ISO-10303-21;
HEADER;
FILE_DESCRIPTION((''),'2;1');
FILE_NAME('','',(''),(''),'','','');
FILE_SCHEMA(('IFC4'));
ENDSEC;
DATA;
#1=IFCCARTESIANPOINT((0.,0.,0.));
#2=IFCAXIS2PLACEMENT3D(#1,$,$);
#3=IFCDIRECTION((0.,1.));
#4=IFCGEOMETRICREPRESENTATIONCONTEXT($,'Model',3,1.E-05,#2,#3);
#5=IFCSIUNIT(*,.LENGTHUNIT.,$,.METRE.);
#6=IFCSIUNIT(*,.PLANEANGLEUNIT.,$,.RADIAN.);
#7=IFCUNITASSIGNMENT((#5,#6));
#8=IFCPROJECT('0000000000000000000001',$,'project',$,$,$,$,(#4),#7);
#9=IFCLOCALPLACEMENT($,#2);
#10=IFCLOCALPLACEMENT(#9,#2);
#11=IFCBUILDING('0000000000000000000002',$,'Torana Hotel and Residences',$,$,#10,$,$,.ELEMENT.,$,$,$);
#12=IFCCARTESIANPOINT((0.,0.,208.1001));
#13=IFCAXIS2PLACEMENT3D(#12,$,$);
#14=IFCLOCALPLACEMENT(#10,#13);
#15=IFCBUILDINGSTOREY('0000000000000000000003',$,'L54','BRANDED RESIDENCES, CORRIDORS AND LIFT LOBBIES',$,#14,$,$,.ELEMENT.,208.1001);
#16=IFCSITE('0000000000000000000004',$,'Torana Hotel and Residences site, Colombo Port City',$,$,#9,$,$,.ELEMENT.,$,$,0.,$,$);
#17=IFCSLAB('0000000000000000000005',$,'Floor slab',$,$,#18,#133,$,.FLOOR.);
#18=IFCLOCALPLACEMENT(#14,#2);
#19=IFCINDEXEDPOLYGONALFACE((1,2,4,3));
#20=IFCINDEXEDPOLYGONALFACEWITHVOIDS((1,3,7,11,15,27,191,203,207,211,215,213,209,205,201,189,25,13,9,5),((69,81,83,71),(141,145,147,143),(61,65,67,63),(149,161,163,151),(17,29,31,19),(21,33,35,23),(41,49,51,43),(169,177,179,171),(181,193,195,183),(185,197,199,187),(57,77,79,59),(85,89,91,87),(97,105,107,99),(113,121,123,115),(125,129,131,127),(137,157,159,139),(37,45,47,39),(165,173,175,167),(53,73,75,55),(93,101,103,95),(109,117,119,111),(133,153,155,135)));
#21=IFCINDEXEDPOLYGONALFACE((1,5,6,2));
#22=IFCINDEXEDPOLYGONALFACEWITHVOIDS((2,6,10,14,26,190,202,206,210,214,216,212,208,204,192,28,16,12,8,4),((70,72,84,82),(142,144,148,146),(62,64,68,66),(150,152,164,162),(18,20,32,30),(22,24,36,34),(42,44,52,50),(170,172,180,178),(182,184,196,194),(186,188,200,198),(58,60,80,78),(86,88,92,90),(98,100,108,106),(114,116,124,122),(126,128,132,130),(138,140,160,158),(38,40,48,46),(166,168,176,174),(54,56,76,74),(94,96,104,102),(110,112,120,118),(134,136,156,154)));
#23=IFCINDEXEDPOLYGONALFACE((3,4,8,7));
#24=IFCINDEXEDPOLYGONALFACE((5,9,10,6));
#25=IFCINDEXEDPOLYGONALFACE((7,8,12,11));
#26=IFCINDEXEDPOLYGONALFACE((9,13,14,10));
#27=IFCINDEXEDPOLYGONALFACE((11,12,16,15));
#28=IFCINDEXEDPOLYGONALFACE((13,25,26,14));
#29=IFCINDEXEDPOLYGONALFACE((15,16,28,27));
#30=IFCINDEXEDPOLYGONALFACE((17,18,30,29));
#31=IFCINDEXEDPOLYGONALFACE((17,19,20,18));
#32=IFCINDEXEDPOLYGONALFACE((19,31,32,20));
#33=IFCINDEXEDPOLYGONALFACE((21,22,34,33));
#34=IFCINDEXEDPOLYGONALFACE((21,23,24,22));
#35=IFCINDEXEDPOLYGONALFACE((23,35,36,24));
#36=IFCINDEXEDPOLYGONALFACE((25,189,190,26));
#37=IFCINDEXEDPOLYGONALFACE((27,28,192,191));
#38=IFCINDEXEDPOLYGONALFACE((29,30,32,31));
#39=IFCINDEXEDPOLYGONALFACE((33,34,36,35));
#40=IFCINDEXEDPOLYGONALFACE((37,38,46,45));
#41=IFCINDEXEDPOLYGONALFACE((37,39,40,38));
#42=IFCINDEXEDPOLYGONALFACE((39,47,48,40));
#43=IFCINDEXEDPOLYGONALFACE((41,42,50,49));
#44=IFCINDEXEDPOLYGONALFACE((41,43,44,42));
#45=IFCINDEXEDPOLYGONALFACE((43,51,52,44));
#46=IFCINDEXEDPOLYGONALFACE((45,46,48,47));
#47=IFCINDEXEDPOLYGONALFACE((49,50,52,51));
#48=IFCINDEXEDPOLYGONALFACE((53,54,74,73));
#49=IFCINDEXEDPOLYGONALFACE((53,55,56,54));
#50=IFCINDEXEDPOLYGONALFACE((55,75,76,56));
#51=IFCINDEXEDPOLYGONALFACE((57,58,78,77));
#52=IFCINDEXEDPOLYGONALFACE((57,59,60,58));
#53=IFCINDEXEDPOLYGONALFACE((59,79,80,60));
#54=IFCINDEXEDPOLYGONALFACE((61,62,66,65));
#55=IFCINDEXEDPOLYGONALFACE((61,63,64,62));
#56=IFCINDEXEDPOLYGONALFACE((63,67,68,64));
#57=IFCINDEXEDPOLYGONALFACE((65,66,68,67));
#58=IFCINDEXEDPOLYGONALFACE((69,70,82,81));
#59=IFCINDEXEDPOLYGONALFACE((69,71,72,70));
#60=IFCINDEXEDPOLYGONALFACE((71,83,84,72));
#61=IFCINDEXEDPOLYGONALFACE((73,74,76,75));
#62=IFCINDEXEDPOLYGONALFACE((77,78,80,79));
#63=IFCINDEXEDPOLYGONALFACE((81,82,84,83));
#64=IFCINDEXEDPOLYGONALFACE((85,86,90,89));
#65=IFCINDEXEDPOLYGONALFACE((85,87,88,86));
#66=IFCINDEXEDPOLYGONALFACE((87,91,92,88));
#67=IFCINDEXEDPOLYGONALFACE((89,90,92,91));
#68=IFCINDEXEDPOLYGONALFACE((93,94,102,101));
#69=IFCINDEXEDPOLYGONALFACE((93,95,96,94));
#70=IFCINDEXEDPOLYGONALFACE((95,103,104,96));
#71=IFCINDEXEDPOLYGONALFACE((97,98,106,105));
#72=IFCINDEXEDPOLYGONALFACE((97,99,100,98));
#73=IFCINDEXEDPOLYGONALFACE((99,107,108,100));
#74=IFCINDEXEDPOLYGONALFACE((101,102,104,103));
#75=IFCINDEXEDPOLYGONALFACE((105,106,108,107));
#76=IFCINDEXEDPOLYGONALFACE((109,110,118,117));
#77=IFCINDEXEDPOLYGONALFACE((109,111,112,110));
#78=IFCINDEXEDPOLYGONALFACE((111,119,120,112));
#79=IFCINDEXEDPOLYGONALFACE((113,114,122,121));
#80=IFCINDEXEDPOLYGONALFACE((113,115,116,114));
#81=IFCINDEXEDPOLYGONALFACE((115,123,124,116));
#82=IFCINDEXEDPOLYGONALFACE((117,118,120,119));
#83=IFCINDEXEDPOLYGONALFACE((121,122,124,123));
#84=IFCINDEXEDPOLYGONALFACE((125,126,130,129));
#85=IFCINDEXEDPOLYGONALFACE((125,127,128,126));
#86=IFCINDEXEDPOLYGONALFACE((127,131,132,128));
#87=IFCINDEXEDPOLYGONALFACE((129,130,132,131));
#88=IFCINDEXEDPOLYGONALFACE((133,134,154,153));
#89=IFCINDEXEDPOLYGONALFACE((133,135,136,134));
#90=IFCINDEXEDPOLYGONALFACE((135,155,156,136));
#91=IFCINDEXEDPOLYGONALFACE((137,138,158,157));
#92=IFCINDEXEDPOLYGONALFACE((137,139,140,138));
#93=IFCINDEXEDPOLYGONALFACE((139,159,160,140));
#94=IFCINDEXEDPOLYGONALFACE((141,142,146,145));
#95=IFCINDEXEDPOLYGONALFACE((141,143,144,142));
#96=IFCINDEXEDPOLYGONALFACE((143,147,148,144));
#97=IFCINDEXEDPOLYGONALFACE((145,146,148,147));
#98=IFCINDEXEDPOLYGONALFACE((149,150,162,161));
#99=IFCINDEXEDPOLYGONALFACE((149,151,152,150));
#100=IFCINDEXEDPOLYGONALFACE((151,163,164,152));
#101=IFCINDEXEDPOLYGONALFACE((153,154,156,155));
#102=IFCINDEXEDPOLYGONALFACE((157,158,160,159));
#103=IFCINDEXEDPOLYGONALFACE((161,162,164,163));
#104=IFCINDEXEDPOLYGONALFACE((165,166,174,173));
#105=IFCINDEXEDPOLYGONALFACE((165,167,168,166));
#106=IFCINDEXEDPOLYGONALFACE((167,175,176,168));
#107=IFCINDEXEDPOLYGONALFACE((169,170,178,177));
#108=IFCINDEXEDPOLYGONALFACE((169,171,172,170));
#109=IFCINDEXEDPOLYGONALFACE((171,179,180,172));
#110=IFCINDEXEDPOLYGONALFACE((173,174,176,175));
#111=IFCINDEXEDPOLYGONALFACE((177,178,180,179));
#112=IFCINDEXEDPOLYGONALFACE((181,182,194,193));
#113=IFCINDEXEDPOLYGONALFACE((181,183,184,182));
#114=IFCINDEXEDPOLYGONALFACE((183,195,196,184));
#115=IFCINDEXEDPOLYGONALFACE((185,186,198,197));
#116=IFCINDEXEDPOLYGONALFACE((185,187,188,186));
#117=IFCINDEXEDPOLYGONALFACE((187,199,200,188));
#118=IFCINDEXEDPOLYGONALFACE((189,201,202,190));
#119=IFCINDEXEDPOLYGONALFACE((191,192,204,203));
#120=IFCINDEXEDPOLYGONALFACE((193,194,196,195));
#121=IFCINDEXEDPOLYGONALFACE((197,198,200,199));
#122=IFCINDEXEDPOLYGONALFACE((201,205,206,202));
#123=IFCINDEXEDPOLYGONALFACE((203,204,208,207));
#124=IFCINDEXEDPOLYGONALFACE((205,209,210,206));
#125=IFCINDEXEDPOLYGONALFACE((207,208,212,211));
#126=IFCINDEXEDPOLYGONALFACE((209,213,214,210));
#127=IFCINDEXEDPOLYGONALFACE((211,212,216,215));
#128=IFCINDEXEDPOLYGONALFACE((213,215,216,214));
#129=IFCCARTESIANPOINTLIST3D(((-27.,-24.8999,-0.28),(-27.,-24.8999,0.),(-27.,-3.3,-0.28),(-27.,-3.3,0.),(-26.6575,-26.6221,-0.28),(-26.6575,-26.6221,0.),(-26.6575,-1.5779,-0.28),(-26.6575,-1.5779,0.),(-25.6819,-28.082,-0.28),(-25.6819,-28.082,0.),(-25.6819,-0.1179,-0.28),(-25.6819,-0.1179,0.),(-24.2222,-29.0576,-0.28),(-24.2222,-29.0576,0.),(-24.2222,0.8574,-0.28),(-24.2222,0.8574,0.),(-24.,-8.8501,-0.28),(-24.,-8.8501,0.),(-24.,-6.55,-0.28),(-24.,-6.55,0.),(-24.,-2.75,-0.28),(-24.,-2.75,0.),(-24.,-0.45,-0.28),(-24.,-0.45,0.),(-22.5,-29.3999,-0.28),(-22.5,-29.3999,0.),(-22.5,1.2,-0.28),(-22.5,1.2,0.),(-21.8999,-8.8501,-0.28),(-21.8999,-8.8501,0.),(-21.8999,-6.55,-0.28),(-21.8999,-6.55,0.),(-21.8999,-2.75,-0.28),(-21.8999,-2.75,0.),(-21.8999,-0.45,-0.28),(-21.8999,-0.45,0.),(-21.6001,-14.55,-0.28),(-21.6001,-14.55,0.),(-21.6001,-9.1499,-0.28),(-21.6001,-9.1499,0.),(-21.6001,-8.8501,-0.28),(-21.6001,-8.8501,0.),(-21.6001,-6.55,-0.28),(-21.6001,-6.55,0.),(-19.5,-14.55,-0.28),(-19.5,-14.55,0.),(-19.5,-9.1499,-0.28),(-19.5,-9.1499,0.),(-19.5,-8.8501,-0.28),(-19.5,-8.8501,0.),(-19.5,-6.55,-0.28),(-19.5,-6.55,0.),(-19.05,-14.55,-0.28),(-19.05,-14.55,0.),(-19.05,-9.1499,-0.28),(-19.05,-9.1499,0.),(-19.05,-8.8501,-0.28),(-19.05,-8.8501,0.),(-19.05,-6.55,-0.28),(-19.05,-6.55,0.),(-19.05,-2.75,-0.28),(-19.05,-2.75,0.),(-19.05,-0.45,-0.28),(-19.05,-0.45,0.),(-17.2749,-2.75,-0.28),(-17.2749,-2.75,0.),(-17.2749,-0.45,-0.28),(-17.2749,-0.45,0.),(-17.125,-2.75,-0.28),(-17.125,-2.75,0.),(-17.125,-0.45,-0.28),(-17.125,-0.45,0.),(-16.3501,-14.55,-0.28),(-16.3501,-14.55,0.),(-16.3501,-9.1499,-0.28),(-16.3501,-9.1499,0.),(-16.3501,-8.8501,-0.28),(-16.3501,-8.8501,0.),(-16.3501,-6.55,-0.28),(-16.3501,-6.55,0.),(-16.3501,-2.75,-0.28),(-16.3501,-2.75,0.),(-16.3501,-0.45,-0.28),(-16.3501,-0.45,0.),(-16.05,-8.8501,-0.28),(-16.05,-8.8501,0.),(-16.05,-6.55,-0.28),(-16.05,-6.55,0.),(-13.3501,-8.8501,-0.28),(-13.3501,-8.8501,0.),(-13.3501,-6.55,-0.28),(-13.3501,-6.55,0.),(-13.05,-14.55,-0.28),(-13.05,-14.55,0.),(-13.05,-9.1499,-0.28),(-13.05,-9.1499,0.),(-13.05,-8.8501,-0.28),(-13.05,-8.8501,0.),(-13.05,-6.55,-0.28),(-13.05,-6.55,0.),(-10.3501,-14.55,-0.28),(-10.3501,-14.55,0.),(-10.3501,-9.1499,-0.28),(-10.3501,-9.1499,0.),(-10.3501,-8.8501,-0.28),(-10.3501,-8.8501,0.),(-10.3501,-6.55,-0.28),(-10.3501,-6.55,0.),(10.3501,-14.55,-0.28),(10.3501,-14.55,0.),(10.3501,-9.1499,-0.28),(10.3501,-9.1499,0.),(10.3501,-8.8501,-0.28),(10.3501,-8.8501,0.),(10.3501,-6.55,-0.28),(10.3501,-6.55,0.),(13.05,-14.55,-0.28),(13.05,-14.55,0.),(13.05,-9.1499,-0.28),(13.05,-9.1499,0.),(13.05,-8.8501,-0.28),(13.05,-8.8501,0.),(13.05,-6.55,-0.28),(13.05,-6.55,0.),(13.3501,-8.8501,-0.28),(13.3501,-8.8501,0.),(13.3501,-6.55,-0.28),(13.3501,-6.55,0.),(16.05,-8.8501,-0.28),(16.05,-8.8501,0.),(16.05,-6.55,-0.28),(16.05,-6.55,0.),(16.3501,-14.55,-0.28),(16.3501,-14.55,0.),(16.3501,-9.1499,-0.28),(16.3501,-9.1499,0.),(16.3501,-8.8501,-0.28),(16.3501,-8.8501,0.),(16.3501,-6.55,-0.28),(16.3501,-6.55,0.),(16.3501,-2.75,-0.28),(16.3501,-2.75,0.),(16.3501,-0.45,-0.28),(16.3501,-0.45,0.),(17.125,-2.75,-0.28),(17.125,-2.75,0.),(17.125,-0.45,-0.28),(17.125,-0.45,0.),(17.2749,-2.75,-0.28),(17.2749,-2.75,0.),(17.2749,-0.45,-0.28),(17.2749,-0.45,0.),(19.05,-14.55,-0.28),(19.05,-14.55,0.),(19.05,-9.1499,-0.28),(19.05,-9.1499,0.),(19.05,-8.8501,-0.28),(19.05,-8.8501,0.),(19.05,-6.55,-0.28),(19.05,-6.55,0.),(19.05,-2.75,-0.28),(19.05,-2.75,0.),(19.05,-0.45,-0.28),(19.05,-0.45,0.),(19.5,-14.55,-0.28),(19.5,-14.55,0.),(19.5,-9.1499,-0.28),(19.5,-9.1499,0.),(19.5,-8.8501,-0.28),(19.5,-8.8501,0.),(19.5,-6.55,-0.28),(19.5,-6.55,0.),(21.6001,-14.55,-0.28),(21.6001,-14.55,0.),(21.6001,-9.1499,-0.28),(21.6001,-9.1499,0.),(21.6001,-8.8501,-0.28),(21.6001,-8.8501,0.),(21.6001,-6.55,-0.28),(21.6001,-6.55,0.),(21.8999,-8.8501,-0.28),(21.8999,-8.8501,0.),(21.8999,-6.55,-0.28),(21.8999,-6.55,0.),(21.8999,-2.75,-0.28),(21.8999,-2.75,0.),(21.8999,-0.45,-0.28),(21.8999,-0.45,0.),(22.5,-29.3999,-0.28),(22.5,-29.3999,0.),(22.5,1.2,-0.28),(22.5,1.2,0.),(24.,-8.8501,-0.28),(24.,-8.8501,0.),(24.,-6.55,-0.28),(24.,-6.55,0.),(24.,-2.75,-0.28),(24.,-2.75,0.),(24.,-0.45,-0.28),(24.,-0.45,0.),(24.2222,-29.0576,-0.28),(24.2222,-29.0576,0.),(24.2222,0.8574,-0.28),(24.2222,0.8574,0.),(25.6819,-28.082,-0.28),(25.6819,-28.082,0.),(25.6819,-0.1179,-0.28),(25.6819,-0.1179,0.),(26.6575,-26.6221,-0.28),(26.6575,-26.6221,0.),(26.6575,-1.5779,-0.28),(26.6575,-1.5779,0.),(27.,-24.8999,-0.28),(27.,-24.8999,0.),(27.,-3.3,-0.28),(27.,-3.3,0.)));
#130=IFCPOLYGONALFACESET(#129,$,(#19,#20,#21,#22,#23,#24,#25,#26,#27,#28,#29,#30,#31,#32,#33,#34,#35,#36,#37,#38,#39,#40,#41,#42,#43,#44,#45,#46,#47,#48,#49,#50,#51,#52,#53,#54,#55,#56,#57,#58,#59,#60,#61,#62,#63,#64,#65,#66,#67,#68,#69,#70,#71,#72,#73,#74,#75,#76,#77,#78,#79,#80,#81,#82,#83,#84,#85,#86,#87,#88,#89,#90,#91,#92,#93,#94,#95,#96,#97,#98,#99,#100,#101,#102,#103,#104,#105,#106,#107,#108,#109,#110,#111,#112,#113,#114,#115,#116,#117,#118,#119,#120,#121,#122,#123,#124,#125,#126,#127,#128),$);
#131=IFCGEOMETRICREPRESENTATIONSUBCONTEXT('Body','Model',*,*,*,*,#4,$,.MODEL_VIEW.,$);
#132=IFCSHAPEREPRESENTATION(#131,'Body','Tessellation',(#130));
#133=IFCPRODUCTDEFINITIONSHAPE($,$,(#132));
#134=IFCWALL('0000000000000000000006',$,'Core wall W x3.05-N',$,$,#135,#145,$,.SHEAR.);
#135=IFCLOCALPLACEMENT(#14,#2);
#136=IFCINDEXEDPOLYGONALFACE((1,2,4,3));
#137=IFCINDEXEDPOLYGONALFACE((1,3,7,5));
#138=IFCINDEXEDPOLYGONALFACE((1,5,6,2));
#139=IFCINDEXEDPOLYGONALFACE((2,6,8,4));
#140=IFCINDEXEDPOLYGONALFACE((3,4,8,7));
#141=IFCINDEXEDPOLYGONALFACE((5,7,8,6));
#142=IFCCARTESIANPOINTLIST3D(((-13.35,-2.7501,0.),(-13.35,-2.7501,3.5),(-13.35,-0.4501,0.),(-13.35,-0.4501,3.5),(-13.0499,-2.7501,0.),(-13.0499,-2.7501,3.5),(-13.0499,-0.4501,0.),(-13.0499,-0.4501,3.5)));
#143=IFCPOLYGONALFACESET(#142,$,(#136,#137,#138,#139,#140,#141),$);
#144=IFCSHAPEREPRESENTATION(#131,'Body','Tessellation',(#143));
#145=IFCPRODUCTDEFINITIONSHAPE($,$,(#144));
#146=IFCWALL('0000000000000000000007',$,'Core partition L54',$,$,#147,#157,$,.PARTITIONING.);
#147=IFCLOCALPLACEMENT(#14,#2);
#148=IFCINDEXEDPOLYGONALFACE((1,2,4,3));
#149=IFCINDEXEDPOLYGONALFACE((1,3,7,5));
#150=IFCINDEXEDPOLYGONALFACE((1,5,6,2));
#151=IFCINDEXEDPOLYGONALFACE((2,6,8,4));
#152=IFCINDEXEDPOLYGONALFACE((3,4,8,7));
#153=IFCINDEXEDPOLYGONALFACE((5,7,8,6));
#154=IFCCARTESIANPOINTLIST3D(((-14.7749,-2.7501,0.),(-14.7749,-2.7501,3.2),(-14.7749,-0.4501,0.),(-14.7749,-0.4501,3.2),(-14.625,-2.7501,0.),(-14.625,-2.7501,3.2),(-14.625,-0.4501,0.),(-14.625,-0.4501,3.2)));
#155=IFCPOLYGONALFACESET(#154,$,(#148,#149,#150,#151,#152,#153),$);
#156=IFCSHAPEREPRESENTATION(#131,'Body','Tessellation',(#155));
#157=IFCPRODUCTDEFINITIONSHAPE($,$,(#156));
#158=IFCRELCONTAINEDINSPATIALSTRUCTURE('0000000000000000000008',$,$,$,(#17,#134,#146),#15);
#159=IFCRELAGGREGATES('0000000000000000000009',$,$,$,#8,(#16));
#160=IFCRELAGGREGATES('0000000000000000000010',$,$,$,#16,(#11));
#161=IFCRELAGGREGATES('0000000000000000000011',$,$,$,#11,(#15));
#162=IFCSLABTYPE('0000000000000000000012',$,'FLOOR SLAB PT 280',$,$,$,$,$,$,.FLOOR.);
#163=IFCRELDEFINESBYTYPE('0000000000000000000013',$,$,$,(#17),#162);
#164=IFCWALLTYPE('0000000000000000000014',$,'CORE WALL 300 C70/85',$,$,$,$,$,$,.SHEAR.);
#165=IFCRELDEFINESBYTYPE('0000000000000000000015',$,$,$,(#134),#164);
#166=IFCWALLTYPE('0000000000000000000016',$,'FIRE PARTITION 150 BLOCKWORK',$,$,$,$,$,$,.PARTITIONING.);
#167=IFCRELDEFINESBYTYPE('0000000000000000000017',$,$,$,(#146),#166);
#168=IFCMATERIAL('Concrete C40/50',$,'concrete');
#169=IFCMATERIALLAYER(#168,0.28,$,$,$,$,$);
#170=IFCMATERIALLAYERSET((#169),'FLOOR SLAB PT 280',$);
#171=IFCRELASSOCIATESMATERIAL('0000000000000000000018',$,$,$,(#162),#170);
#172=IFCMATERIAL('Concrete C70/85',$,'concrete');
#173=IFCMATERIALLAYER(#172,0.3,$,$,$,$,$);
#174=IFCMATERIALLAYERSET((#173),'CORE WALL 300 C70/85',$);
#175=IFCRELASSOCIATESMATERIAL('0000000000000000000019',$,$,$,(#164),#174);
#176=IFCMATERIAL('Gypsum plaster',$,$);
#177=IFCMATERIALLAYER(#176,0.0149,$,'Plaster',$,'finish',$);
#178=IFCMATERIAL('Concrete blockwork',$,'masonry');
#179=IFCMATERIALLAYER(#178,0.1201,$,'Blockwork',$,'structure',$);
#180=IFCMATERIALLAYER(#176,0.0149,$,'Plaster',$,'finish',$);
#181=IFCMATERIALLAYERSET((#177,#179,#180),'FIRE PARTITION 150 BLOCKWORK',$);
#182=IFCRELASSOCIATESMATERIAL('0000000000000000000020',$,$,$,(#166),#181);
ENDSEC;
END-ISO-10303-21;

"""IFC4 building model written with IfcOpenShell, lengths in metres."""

from ifc_helpers import new_model, si_unit, direction, frame, frame_2d, origin, place, context, subcontext, project, spatial, polyline, rectangle, outline, extrude, material, layer, layer_set, type_object, element, save


model = new_model("IFC4")

# Units and contexts
model_context = context("Model", 3, precision=1e-05, world=origin(), true_north=direction((0.0, 1.0)))
body_context = subcontext(model_context, "Body", "Model", "MODEL_VIEW")
ifc_project = project(units=[si_unit("LENGTHUNIT", "METRE"), si_unit("PLANEANGLEUNIT", "RADIAN")], contexts=[model_context])

# Site, building, storey
site_placement = place(None, origin())
site = spatial("IfcSite", under=ifc_project, at=site_placement, Name="Torana Hotel and Residences site, Colombo Port City", CompositionType="ELEMENT", RefElevation=0.0)
building_placement = place(site_placement, origin())
building = spatial("IfcBuilding", under=site, at=building_placement, Name="Torana Hotel and Residences", CompositionType="ELEMENT")
storey_placement = place(building_placement, frame((0.0, 0.0, 208.1001)))
storey = spatial("IfcBuildingStorey", under=building, at=storey_placement, Name="L54", Description="BRANDED RESIDENCES, CORRIDORS AND LIFT LOBBIES", CompositionType="ELEMENT", Elevation=208.1001)

# Slab
ifc_material_1 = material(Name="Concrete C40/50", Category="concrete")
ifc_layer_1 = layer(ifc_material_1, 0.28)
ifc_layer_set_1 = layer_set([ifc_layer_1], Name="FLOOR SLAB PT 280")
slab_type_1 = type_object("IfcSlabType", Name="FLOOR SLAB PT 280", PredefinedType="FLOOR", material=ifc_layer_set_1)
slab_1_placement = place(storey_placement, frame((0.0, 0.0, -0.28)))
element("IfcSlab", 1, at=slab_1_placement, inside=storey, type_object=slab_type_1, Name="Floor slab", PredefinedType="FLOOR", context=body_context, shape_type="SweptSolid", body=[
    extrude(outline(polyline([(27.0, -3.3), (26.6575, -1.5779), (25.6819, -0.1179), (24.2222, 0.8574), (22.5, 1.2), (-22.5, 1.2), (-24.2222, 0.8574), (-25.6819, -0.1179), (-26.6575, -1.5779), (-27.0, -3.3), (-27.0, -24.8999), (-26.6575, -26.6221), (-25.6819, -28.082), (-24.2222, -29.0576), (-22.5, -29.3999), (22.5, -29.3999), (24.2222, -29.0576), (25.6819, -28.082), (26.6575, -26.6221), (27.0, -24.8999), (27.0, -3.3)]), holes=[polyline([(-13.05, -14.55), (-10.3501, -14.55), (-10.3501, -9.1499), (-13.05, -9.1499), (-13.05, -14.55)]), polyline([(-19.05, -14.55), (-16.3501, -14.55), (-16.3501, -9.1499), (-19.05, -9.1499), (-19.05, -14.55)]), polyline([(-17.125, -2.75), (-16.3501, -2.75), (-16.3501, -0.45), (-17.125, -0.45), (-17.125, -2.75)]), polyline([(-19.05, -2.75), (-17.2749, -2.75), (-17.2749, -0.45), (-19.05, -0.45), (-19.05, -2.75)]), polyline([(-21.6001, -8.8501), (-19.5, -8.8501), (-19.5, -6.55), (-21.6001, -6.55), (-21.6001, -8.8501)]), polyline([(-24.0, -2.75), (-21.8999, -2.75), (-21.8999, -0.45), (-24.0, -0.45), (-24.0, -2.75)]), polyline([(-24.0, -8.8501), (-21.8999, -8.8501), (-21.8999, -6.55), (-24.0, -6.55), (-24.0, -8.8501)]), polyline([(-13.05, -8.8501), (-10.3501, -8.8501), (-10.3501, -6.55), (-13.05, -6.55), (-13.05, -8.8501)]), polyline([(-16.05, -8.8501), (-13.3501, -8.8501), (-13.3501, -6.55), (-16.05, -6.55), (-16.05, -8.8501)]), polyline([(-19.05, -8.8501), (-16.3501, -8.8501), (-16.3501, -6.55), (-19.05, -6.55), (-19.05, -8.8501)]), polyline([(-21.6001, -14.55), (-19.5, -14.55), (-19.5, -9.1499), (-21.6001, -9.1499), (-21.6001, -14.55)]), polyline([(10.3501, -14.55), (13.05, -14.55), (13.05, -9.1499), (10.3501, -9.1499), (10.3501, -14.55)]), polyline([(16.3501, -14.55), (19.05, -14.55), (19.05, -9.1499), (16.3501, -9.1499), (16.3501, -14.55)]), polyline([(16.3501, -2.75), (17.125, -2.75), (17.125, -0.45), (16.3501, -0.45), (16.3501, -2.75)]), polyline([(17.2749, -2.75), (19.05, -2.75), (19.05, -0.45), (17.2749, -0.45), (17.2749, -2.75)]), polyline([(19.5, -8.8501), (21.6001, -8.8501), (21.6001, -6.55), (19.5, -6.55), (19.5, -8.8501)]), polyline([(21.8999, -2.75), (24.0, -2.75), (24.0, -0.45), (21.8999, -0.45), (21.8999, -2.75)]), polyline([(21.8999, -8.8501), (24.0, -8.8501), (24.0, -6.55), (21.8999, -6.55), (21.8999, -8.8501)]), polyline([(10.3501, -8.8501), (13.05, -8.8501), (13.05, -6.55), (10.3501, -6.55), (10.3501, -8.8501)]), polyline([(13.3501, -8.8501), (16.05, -8.8501), (16.05, -6.55), (13.3501, -6.55), (13.3501, -8.8501)]), polyline([(16.3501, -8.8501), (19.05, -8.8501), (19.05, -6.55), (16.3501, -6.55), (16.3501, -8.8501)]), polyline([(19.5, -14.55), (21.6001, -14.55), (21.6001, -9.1499), (19.5, -9.1499), (19.5, -14.55)])]), origin(), (0.0, 0.0, 1.0), 0.28),
])

# Walls
ifc_material_2 = material(Name="Concrete C70/85", Category="concrete")
ifc_layer_2 = layer(ifc_material_2, 0.3)
ifc_layer_set_2 = layer_set([ifc_layer_2], Name="CORE WALL 300 C70/85")
wall_type_1 = type_object("IfcWallType", Name="CORE WALL 300 C70/85", PredefinedType="SHEAR", material=ifc_layer_set_2)
wall_1_placement = place(storey_placement, frame((-13.2, -2.75, 0.0), z_axis=(0.0, 0.0, 1.0), x_axis=(0.0, 1.0, 0.0)))
element("IfcWall", 2, at=wall_1_placement, inside=storey, type_object=wall_type_1, Name="Core wall W x3.05-N", PredefinedType="SHEAR", context=body_context, shape_type="SweptSolid", body=[
    extrude(rectangle(XDim=2.3, YDim=0.3, at=frame_2d((1.1499, 0.0))), origin(), (0.0, 0.0, 1.0), 3.5),
])
ifc_material_3 = material(Name="Gypsum plaster")
ifc_layer_3 = layer(ifc_material_3, 0.0149, Name="Plaster", Category="finish")
ifc_material_4 = material(Name="Concrete blockwork", Category="masonry")
ifc_layer_4 = layer(ifc_material_4, 0.1201, Name="Blockwork", Category="structure")
ifc_layer_5 = layer(ifc_material_3, 0.0149, Name="Plaster", Category="finish")
ifc_layer_set_3 = layer_set([ifc_layer_3, ifc_layer_4, ifc_layer_5], Name="FIRE PARTITION 150 BLOCKWORK")
wall_type_2 = type_object("IfcWallType", Name="FIRE PARTITION 150 BLOCKWORK", PredefinedType="PARTITIONING", material=ifc_layer_set_3)
wall_2_placement = place(storey_placement, frame((-14.7, -2.75, 0.0), z_axis=(0.0, 0.0, 1.0), x_axis=(0.0, 1.0, 0.0)))
element("IfcWall", 3, at=wall_2_placement, inside=storey, type_object=wall_type_2, Name="Core partition L54", PredefinedType="PARTITIONING", context=body_context, shape_type="SweptSolid", body=[
    extrude(rectangle(XDim=2.3, YDim=0.1499, at=frame_2d((1.1499, 0.0))), origin(), (0.0, 0.0, 1.0), 3.2),
])

save(model, "model.ifc")
